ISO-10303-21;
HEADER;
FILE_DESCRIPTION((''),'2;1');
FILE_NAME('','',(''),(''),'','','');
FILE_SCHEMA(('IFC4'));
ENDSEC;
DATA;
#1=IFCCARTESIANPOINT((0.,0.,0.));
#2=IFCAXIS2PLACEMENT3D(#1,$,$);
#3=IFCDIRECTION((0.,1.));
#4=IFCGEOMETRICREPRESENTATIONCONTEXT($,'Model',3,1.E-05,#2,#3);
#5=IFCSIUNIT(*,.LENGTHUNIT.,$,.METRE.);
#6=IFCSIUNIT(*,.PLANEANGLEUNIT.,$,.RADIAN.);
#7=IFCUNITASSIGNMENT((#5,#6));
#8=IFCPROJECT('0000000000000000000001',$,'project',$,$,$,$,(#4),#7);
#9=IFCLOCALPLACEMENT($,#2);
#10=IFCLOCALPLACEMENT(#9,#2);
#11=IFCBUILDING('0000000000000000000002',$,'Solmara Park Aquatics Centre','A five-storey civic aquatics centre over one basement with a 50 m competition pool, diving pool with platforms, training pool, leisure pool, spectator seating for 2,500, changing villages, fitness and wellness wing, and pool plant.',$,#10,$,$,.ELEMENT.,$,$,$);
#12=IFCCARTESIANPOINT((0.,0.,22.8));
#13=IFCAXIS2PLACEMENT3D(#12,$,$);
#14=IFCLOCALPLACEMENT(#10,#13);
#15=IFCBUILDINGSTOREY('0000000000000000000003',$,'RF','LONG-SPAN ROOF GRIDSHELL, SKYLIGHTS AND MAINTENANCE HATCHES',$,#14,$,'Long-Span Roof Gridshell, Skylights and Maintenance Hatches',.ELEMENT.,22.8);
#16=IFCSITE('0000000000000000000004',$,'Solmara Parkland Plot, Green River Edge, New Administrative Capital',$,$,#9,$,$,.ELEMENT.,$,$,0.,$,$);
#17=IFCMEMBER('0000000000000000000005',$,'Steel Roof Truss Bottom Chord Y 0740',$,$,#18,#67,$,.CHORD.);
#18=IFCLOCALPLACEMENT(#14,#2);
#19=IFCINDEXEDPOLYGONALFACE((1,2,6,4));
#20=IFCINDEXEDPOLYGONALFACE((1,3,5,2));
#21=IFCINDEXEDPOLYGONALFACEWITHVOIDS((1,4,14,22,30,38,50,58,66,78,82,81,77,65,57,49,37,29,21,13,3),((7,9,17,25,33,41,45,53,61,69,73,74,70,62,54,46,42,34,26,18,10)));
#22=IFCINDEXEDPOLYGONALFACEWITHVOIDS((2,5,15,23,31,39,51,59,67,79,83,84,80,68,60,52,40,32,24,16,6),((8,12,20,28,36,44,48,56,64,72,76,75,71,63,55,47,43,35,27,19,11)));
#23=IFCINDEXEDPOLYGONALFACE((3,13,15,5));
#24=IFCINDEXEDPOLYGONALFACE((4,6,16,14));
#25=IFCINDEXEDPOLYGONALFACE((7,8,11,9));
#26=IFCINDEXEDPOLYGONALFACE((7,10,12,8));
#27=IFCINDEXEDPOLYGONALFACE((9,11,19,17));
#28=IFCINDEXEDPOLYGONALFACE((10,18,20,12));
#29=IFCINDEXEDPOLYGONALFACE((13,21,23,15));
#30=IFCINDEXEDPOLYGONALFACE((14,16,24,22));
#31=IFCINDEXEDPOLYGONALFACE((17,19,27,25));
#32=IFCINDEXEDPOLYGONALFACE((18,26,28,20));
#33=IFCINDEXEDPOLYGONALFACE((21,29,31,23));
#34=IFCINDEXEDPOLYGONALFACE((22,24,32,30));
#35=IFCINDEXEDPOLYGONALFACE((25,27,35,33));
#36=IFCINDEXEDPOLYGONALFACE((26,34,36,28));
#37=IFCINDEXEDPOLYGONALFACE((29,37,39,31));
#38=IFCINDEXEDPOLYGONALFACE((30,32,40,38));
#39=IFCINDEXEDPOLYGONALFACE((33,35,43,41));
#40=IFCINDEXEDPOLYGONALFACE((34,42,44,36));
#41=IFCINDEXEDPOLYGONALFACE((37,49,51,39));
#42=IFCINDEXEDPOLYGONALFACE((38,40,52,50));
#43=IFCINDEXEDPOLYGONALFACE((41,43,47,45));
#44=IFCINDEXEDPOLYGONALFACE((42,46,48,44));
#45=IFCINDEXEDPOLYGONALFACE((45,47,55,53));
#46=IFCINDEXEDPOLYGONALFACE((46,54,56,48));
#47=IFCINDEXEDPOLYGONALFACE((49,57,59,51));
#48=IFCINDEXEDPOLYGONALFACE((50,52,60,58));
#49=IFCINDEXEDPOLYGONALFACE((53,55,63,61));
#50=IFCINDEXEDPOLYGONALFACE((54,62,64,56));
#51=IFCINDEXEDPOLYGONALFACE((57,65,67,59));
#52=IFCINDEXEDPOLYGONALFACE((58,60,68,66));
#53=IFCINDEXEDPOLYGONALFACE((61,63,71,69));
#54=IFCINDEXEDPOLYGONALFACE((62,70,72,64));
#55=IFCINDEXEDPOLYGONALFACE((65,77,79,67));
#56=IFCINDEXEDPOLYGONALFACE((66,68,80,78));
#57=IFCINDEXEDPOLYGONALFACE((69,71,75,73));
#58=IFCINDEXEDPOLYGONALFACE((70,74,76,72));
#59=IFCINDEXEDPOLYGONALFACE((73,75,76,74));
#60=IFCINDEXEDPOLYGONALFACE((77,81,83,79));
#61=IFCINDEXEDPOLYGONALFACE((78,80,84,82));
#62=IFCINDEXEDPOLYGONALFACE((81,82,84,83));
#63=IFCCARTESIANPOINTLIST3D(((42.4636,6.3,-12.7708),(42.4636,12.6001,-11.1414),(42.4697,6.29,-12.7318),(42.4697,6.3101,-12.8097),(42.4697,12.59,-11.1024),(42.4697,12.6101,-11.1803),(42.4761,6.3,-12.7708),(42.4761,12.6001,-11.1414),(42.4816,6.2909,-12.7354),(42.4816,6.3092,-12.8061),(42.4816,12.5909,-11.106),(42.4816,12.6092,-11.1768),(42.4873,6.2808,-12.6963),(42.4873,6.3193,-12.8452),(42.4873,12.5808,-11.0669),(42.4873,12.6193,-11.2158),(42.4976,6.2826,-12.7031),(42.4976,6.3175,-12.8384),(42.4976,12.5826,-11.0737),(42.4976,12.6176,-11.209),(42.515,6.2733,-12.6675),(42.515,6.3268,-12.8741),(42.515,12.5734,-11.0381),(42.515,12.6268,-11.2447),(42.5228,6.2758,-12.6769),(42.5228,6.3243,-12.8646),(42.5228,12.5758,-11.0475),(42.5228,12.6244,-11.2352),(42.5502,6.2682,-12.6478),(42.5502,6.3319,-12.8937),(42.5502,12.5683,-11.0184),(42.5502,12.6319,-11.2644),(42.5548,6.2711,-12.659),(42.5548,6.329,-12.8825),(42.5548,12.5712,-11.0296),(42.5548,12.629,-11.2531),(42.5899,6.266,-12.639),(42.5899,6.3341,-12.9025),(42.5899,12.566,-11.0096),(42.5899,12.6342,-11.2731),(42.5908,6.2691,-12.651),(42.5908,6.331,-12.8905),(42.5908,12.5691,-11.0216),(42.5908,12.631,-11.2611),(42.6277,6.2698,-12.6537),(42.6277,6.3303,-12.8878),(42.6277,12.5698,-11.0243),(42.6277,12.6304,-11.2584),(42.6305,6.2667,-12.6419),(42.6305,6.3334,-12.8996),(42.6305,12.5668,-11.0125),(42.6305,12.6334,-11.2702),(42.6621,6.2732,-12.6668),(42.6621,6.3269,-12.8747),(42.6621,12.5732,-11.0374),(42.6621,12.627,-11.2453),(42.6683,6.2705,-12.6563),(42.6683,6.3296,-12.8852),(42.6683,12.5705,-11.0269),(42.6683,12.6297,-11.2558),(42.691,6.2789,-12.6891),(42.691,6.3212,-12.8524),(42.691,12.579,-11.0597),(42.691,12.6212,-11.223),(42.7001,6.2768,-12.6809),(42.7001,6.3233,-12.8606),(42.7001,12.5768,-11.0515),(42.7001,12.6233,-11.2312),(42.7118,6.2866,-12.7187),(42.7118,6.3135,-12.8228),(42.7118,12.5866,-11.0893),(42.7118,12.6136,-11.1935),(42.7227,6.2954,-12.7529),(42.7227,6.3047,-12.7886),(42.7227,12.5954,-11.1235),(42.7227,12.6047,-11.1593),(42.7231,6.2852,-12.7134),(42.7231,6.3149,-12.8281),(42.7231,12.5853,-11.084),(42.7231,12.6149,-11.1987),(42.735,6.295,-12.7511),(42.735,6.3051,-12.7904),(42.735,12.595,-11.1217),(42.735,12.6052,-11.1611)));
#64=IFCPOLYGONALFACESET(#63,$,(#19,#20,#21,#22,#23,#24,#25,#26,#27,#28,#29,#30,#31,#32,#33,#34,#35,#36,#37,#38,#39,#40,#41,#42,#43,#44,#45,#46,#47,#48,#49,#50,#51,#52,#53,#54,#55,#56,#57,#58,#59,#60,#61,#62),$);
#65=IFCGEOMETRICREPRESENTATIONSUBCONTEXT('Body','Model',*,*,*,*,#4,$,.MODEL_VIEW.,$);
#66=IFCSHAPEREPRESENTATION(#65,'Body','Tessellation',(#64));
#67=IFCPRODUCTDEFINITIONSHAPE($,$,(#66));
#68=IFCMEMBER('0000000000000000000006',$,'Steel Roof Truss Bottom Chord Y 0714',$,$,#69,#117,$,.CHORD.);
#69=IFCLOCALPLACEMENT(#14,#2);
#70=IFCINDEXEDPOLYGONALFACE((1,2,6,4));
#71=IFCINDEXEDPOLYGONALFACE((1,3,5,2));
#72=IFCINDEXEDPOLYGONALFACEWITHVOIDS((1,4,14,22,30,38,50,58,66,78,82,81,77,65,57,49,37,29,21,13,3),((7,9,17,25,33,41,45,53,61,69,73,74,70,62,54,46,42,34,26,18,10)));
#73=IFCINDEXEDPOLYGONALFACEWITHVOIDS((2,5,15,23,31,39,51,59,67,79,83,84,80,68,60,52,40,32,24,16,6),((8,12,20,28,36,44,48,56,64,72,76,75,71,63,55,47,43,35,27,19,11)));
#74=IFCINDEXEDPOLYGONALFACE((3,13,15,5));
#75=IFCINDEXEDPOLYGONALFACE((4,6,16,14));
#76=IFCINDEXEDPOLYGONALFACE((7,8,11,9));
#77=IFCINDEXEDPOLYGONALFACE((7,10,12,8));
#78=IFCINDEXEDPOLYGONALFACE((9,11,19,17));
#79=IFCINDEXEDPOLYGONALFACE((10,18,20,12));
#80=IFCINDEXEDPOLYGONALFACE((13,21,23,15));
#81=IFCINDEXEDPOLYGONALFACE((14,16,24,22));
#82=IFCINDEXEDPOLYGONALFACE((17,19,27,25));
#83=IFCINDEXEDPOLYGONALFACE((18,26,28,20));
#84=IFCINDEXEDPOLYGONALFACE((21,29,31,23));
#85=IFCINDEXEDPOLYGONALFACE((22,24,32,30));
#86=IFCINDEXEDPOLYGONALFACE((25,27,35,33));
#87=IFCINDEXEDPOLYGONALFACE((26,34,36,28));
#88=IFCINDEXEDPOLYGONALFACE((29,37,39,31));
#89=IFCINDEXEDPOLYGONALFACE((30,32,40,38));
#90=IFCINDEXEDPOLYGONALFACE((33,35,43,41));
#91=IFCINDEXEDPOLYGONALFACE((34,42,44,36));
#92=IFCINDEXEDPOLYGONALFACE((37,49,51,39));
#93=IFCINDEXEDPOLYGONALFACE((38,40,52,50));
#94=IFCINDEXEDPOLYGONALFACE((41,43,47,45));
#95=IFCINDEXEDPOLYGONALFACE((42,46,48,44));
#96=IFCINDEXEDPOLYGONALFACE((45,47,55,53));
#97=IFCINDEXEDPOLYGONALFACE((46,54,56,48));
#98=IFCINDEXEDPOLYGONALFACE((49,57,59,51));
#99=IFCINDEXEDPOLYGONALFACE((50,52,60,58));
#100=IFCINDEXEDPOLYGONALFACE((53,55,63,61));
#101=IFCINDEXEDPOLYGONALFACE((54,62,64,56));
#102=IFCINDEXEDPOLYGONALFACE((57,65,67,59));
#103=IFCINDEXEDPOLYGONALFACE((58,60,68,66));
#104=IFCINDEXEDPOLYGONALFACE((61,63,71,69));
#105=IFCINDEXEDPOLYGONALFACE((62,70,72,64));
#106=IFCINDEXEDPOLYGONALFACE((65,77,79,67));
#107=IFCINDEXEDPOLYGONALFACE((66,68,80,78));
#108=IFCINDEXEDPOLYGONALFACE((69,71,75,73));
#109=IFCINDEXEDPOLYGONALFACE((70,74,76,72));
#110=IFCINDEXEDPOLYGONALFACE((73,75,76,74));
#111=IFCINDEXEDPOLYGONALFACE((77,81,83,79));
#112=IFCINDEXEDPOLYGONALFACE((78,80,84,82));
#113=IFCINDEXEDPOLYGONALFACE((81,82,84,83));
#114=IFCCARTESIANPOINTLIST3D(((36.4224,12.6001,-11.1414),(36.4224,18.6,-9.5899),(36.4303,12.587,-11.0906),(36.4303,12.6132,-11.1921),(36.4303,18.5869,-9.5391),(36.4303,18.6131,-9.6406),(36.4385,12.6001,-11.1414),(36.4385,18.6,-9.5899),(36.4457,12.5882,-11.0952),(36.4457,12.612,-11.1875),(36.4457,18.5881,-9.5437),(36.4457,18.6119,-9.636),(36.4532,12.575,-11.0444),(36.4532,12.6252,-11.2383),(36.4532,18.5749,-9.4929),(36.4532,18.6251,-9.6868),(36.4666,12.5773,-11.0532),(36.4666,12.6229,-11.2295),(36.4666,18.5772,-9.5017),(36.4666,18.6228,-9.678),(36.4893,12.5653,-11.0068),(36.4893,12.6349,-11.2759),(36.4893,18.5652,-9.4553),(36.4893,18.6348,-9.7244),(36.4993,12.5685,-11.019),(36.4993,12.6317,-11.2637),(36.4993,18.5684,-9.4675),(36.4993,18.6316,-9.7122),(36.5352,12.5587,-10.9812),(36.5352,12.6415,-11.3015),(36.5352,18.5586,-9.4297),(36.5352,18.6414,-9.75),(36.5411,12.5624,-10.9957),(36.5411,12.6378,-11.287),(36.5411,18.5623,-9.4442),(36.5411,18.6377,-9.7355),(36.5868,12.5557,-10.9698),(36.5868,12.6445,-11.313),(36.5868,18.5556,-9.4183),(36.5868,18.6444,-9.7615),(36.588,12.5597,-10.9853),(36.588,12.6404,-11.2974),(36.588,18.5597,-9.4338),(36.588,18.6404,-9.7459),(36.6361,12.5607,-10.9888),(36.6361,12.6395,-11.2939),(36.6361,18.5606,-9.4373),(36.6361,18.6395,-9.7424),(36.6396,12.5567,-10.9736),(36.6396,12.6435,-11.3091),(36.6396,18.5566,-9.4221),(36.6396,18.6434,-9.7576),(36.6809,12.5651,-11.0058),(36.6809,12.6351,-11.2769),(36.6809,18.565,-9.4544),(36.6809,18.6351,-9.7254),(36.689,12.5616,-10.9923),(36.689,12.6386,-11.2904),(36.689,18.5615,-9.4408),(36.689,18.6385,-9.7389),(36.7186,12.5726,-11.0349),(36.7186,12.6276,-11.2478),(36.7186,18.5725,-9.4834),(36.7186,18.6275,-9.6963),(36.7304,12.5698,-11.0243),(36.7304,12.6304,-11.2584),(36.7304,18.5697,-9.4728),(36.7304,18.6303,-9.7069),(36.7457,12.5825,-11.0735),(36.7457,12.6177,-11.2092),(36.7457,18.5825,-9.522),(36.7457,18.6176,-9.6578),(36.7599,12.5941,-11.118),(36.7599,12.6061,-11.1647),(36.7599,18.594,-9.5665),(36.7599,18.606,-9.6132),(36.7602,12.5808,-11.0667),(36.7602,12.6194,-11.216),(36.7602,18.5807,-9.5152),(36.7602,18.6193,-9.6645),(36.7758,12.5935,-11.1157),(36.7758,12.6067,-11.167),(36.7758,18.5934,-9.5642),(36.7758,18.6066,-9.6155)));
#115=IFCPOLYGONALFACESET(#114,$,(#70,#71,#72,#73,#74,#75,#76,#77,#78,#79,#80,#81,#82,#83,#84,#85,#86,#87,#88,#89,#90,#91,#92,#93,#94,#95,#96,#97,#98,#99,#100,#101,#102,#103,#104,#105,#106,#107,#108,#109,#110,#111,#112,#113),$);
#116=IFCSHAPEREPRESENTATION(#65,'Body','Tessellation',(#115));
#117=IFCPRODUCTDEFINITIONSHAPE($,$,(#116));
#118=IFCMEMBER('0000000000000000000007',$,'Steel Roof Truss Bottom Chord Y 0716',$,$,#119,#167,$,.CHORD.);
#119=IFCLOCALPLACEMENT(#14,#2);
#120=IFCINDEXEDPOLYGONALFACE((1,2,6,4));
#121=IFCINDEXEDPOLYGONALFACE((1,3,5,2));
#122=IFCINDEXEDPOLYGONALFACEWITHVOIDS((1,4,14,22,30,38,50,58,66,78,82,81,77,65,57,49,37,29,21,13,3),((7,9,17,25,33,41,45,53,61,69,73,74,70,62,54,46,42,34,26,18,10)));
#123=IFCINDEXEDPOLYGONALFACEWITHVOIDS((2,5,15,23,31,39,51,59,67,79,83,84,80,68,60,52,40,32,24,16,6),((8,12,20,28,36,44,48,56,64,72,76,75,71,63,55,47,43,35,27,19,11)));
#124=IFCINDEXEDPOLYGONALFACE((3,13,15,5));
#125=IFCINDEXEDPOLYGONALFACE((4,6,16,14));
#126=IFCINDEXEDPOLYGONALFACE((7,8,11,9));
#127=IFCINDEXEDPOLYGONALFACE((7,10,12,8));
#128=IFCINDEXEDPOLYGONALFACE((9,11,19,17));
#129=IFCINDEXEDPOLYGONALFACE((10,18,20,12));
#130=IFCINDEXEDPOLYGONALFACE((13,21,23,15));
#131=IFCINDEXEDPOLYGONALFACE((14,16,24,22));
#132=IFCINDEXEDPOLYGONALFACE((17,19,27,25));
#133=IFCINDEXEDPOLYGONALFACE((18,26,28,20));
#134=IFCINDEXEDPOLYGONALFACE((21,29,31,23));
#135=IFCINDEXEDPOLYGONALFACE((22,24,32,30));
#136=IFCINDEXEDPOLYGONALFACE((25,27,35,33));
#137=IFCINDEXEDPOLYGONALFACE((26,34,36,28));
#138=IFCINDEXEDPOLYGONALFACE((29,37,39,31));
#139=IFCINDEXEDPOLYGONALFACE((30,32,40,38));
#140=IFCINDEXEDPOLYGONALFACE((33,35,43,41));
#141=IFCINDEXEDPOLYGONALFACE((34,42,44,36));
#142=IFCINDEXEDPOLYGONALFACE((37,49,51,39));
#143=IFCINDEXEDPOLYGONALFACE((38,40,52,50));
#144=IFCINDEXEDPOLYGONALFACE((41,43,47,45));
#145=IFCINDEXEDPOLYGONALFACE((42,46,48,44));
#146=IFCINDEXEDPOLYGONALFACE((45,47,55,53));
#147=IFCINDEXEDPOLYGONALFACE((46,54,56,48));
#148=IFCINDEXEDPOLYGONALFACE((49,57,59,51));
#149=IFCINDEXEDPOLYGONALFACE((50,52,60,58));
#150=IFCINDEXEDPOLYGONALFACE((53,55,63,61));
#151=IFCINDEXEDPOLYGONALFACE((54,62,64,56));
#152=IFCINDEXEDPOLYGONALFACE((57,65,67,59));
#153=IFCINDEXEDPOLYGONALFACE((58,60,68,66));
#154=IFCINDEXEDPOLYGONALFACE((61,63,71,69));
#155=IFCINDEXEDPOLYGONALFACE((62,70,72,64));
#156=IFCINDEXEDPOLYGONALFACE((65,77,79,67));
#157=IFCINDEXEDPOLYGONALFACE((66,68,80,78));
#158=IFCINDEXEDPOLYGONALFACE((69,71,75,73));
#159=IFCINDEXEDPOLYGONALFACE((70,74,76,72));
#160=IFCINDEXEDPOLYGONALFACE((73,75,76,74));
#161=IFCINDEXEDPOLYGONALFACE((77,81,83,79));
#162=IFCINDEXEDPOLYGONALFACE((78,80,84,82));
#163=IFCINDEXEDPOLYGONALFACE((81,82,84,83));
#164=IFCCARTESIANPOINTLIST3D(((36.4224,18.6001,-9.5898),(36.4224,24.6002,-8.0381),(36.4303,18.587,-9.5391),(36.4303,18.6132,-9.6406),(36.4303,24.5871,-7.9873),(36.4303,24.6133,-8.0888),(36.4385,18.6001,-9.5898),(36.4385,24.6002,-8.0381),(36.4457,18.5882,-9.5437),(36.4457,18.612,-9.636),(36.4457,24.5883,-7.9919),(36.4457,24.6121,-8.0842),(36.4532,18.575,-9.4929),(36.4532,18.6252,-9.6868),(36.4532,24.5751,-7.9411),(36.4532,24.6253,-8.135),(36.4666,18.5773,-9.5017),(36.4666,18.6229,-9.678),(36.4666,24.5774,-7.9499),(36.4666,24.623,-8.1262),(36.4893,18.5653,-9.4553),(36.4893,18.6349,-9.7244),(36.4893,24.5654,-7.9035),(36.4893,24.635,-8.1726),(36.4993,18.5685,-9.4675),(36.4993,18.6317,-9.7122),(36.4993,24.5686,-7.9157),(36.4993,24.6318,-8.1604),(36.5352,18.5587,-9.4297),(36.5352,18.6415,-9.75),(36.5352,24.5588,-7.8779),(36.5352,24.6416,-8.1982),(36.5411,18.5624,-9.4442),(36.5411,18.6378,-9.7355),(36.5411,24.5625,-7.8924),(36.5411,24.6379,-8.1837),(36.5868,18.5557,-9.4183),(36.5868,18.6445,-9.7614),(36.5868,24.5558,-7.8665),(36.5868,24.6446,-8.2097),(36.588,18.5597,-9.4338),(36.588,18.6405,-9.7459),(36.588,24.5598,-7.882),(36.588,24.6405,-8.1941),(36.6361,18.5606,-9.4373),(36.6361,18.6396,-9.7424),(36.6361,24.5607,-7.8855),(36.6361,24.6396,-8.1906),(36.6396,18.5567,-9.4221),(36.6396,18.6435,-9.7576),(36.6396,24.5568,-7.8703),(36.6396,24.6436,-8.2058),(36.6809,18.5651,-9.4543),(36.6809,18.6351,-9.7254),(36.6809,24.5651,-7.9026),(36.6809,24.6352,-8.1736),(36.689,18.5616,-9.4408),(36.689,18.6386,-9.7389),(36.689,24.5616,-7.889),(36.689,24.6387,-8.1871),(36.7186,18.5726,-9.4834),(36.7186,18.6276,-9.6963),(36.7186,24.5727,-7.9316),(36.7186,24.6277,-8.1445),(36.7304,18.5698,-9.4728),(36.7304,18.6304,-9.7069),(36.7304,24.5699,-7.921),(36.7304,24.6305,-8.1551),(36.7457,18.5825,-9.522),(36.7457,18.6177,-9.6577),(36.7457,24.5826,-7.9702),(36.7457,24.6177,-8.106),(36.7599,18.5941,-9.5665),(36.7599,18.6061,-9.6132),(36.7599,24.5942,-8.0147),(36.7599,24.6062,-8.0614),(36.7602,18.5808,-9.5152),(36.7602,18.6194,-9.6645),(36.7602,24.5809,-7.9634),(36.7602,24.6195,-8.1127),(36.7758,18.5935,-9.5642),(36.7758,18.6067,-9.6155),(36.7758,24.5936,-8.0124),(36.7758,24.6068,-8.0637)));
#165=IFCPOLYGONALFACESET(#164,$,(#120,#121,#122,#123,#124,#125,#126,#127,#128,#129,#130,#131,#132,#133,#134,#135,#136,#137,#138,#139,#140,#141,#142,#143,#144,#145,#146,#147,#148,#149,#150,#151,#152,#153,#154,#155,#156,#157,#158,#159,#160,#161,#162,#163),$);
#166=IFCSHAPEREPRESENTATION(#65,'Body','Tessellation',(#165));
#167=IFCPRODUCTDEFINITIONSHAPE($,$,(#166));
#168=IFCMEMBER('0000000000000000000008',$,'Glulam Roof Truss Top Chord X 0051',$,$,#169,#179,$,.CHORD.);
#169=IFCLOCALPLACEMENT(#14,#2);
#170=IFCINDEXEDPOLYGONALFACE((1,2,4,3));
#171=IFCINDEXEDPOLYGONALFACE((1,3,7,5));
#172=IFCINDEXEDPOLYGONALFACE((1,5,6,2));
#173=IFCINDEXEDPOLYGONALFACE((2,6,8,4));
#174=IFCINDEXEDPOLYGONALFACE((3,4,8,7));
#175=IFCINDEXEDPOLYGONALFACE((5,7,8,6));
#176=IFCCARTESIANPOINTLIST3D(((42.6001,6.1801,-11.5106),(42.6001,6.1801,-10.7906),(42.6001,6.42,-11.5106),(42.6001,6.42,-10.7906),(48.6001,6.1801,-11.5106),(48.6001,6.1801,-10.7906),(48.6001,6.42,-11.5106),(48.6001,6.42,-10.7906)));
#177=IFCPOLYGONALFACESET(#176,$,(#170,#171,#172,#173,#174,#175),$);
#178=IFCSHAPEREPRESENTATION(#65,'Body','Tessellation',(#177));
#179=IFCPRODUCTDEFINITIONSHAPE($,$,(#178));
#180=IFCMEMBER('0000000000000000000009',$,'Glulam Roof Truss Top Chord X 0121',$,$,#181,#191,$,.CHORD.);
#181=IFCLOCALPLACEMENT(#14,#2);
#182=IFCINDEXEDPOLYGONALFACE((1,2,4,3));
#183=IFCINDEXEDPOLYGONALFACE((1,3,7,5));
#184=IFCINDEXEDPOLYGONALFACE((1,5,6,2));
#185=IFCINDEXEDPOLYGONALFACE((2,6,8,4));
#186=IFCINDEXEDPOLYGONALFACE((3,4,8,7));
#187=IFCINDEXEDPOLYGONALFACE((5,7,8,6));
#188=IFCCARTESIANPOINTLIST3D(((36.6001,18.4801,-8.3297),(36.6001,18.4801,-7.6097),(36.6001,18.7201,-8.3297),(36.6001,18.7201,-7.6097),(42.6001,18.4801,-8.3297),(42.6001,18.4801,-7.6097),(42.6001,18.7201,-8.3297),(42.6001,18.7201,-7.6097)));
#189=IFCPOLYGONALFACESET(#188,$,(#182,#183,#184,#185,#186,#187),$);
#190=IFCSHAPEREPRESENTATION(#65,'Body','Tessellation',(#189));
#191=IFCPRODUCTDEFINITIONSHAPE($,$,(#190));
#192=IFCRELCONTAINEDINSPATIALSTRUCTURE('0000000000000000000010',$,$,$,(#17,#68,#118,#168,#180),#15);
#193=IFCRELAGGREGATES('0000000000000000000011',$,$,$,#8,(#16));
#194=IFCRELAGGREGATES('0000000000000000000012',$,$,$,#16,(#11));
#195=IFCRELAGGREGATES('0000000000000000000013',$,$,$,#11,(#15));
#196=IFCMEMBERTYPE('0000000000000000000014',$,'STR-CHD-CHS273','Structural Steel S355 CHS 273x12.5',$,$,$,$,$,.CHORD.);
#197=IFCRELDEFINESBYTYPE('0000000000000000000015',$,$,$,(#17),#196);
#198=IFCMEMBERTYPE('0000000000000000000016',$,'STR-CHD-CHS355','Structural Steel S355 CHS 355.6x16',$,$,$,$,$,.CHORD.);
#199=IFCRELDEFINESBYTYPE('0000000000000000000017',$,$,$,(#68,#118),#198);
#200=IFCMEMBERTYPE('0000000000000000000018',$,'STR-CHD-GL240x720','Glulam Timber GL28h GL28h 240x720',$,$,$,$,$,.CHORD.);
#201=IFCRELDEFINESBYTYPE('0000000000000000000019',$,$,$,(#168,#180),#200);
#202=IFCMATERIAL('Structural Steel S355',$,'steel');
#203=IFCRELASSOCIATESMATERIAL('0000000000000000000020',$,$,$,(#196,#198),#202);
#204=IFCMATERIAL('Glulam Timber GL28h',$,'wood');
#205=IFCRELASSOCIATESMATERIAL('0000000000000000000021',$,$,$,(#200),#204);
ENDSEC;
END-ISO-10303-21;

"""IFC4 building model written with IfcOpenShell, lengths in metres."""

from ifc_helpers import new_model, si_unit, direction, frame, origin, origin_2d, place, context, subcontext, project, spatial, rectangle, hollow_circle, extrude, material, material_profile, profile_set, type_object, element, save


model = new_model("IFC4")

# Units and contexts
model_context = context("Model", 3, precision=1e-05, world=origin(), true_north=direction((0.0, 1.0)))
body_context = subcontext(model_context, "Body", "Model", "MODEL_VIEW")
ifc_project = project(units=[si_unit("LENGTHUNIT", "METRE"), si_unit("PLANEANGLEUNIT", "RADIAN")], contexts=[model_context])

# Site, building, storey
site_placement = place(None, origin())
site = spatial("IfcSite", under=ifc_project, at=site_placement, Name="Solmara Parkland Plot, Green River Edge, New Administrative Capital", CompositionType="ELEMENT", RefElevation=0.0)
building_placement = place(site_placement, origin())
building = spatial("IfcBuilding", under=site, at=building_placement, Name="Solmara Park Aquatics Centre", Description="A five-storey civic aquatics centre over one basement with a 50 m competition pool, diving pool with platforms, training pool, leisure pool, spectator seating for 2,500, changing villages, fitness and wellness wing, and pool plant.", CompositionType="ELEMENT")
storey_placement = place(building_placement, frame((0.0, 0.0, 22.8)))
storey = spatial("IfcBuildingStorey", under=building, at=storey_placement, Name="RF", Description="LONG-SPAN ROOF GRIDSHELL, SKYLIGHTS AND MAINTENANCE HATCHES", LongName="Long-Span Roof Gridshell, Skylights and Maintenance Hatches", CompositionType="ELEMENT", Elevation=22.8)

# Members
ifc_material_1 = material(Name="Structural Steel S355", Category="steel")
ifc_material_profile_1 = material_profile(ifc_material_1, hollow_circle(Radius=0.1365, WallThickness=0.0125, at=origin_2d()), Name="CHS 273x12.5")
ifc_profile_set_1 = profile_set([ifc_material_profile_1], Name="Structural Steel S355")
member_type_1 = type_object("IfcMemberType", Name="STR-CHD-CHS273", Description="Structural Steel S355 CHS 273x12.5", PredefinedType="CHORD", material=ifc_profile_set_1)
member_1_placement = place(storey_placement, frame((42.6001, 6.3, -12.7708), z_axis=(0.0, 0.968144, 0.250393), x_axis=(-1.0, 0.0, 0.0)))
element("IfcMember", 1, at=member_1_placement, inside=storey, type_object=member_type_1, Name="Steel Roof Truss Bottom Chord Y 0740", PredefinedType="CHORD", context=body_context, shape_type="SweptSolid", body=[
    extrude(hollow_circle(Radius=0.1365, WallThickness=0.0125, at=origin_2d()), origin(), (0.0, 0.0, 1.0), 6.5073),
])
ifc_material_profile_2 = material_profile(ifc_material_1, hollow_circle(Radius=0.1777, WallThickness=0.0161, at=origin_2d()), Name="CHS 355.6x16")
ifc_profile_set_2 = profile_set([ifc_material_profile_2], Name="Structural Steel S355")
member_type_2 = type_object("IfcMemberType", Name="STR-CHD-CHS355", Description="Structural Steel S355 CHS 355.6x16", PredefinedType="CHORD", material=ifc_profile_set_2)
member_2_placement = place(storey_placement, frame((36.6001, 12.6001, -11.1414), z_axis=(0.0, 0.968155, 0.250351), x_axis=(-1.0, 0.0, 0.0)))
element("IfcMember", 2, at=member_2_placement, inside=storey, type_object=member_type_2, Name="Steel Roof Truss Bottom Chord Y 0714", PredefinedType="CHORD", context=body_context, shape_type="SweptSolid", body=[
    extrude(hollow_circle(Radius=0.1777, WallThickness=0.0161, at=origin_2d()), origin(), (0.0, 0.0, 1.0), 6.1973),
])
member_3_placement = place(storey_placement, frame((36.6001, 18.6001, -9.5898), z_axis=(0.0, 0.968146, 0.250388), x_axis=(-1.0, 0.0, 0.0)))
element("IfcMember", 3, at=member_3_placement, inside=storey, type_object=member_type_2, Name="Steel Roof Truss Bottom Chord Y 0716", PredefinedType="CHORD", context=body_context, shape_type="SweptSolid", body=[
    extrude(hollow_circle(Radius=0.1777, WallThickness=0.0161, at=origin_2d()), origin(), (0.0, 0.0, 1.0), 6.1975),
])
ifc_material_2 = material(Name="Glulam Timber GL28h", Category="wood")
ifc_material_profile_3 = material_profile(ifc_material_2, rectangle(XDim=0.24, YDim=0.72, at=origin_2d()), Name="GL28h 240x720")
ifc_profile_set_3 = profile_set([ifc_material_profile_3], Name="Glulam Timber GL28h")
member_type_3 = type_object("IfcMemberType", Name="STR-CHD-GL240x720", Description="Glulam Timber GL28h GL28h 240x720", PredefinedType="CHORD", material=ifc_profile_set_3)
for number, where, z_axis, x_axis, name in (
    (4, (42.6001, 6.3, -11.1506), (1.0, 0.0, 0.0), (0.0, 1.0, 0.0), "Glulam Roof Truss Top Chord X 0051"),
    (5, (36.6001, 18.6001, -7.9697), (1.0, 0.0, 0.0), (0.0, 1.0, 0.0), "Glulam Roof Truss Top Chord X 0121"),
):
    element("IfcMember", number, at=place(storey_placement, frame(where, z_axis=z_axis, x_axis=x_axis)), inside=storey, type_object=member_type_3, Name=name, PredefinedType="CHORD", context=body_context, shape_type="SweptSolid", body=[
        extrude(rectangle(XDim=0.24, YDim=0.72, at=origin_2d()), origin(), (0.0, 0.0, 1.0), 6.0),
    ])

save(model, "model.ifc")
